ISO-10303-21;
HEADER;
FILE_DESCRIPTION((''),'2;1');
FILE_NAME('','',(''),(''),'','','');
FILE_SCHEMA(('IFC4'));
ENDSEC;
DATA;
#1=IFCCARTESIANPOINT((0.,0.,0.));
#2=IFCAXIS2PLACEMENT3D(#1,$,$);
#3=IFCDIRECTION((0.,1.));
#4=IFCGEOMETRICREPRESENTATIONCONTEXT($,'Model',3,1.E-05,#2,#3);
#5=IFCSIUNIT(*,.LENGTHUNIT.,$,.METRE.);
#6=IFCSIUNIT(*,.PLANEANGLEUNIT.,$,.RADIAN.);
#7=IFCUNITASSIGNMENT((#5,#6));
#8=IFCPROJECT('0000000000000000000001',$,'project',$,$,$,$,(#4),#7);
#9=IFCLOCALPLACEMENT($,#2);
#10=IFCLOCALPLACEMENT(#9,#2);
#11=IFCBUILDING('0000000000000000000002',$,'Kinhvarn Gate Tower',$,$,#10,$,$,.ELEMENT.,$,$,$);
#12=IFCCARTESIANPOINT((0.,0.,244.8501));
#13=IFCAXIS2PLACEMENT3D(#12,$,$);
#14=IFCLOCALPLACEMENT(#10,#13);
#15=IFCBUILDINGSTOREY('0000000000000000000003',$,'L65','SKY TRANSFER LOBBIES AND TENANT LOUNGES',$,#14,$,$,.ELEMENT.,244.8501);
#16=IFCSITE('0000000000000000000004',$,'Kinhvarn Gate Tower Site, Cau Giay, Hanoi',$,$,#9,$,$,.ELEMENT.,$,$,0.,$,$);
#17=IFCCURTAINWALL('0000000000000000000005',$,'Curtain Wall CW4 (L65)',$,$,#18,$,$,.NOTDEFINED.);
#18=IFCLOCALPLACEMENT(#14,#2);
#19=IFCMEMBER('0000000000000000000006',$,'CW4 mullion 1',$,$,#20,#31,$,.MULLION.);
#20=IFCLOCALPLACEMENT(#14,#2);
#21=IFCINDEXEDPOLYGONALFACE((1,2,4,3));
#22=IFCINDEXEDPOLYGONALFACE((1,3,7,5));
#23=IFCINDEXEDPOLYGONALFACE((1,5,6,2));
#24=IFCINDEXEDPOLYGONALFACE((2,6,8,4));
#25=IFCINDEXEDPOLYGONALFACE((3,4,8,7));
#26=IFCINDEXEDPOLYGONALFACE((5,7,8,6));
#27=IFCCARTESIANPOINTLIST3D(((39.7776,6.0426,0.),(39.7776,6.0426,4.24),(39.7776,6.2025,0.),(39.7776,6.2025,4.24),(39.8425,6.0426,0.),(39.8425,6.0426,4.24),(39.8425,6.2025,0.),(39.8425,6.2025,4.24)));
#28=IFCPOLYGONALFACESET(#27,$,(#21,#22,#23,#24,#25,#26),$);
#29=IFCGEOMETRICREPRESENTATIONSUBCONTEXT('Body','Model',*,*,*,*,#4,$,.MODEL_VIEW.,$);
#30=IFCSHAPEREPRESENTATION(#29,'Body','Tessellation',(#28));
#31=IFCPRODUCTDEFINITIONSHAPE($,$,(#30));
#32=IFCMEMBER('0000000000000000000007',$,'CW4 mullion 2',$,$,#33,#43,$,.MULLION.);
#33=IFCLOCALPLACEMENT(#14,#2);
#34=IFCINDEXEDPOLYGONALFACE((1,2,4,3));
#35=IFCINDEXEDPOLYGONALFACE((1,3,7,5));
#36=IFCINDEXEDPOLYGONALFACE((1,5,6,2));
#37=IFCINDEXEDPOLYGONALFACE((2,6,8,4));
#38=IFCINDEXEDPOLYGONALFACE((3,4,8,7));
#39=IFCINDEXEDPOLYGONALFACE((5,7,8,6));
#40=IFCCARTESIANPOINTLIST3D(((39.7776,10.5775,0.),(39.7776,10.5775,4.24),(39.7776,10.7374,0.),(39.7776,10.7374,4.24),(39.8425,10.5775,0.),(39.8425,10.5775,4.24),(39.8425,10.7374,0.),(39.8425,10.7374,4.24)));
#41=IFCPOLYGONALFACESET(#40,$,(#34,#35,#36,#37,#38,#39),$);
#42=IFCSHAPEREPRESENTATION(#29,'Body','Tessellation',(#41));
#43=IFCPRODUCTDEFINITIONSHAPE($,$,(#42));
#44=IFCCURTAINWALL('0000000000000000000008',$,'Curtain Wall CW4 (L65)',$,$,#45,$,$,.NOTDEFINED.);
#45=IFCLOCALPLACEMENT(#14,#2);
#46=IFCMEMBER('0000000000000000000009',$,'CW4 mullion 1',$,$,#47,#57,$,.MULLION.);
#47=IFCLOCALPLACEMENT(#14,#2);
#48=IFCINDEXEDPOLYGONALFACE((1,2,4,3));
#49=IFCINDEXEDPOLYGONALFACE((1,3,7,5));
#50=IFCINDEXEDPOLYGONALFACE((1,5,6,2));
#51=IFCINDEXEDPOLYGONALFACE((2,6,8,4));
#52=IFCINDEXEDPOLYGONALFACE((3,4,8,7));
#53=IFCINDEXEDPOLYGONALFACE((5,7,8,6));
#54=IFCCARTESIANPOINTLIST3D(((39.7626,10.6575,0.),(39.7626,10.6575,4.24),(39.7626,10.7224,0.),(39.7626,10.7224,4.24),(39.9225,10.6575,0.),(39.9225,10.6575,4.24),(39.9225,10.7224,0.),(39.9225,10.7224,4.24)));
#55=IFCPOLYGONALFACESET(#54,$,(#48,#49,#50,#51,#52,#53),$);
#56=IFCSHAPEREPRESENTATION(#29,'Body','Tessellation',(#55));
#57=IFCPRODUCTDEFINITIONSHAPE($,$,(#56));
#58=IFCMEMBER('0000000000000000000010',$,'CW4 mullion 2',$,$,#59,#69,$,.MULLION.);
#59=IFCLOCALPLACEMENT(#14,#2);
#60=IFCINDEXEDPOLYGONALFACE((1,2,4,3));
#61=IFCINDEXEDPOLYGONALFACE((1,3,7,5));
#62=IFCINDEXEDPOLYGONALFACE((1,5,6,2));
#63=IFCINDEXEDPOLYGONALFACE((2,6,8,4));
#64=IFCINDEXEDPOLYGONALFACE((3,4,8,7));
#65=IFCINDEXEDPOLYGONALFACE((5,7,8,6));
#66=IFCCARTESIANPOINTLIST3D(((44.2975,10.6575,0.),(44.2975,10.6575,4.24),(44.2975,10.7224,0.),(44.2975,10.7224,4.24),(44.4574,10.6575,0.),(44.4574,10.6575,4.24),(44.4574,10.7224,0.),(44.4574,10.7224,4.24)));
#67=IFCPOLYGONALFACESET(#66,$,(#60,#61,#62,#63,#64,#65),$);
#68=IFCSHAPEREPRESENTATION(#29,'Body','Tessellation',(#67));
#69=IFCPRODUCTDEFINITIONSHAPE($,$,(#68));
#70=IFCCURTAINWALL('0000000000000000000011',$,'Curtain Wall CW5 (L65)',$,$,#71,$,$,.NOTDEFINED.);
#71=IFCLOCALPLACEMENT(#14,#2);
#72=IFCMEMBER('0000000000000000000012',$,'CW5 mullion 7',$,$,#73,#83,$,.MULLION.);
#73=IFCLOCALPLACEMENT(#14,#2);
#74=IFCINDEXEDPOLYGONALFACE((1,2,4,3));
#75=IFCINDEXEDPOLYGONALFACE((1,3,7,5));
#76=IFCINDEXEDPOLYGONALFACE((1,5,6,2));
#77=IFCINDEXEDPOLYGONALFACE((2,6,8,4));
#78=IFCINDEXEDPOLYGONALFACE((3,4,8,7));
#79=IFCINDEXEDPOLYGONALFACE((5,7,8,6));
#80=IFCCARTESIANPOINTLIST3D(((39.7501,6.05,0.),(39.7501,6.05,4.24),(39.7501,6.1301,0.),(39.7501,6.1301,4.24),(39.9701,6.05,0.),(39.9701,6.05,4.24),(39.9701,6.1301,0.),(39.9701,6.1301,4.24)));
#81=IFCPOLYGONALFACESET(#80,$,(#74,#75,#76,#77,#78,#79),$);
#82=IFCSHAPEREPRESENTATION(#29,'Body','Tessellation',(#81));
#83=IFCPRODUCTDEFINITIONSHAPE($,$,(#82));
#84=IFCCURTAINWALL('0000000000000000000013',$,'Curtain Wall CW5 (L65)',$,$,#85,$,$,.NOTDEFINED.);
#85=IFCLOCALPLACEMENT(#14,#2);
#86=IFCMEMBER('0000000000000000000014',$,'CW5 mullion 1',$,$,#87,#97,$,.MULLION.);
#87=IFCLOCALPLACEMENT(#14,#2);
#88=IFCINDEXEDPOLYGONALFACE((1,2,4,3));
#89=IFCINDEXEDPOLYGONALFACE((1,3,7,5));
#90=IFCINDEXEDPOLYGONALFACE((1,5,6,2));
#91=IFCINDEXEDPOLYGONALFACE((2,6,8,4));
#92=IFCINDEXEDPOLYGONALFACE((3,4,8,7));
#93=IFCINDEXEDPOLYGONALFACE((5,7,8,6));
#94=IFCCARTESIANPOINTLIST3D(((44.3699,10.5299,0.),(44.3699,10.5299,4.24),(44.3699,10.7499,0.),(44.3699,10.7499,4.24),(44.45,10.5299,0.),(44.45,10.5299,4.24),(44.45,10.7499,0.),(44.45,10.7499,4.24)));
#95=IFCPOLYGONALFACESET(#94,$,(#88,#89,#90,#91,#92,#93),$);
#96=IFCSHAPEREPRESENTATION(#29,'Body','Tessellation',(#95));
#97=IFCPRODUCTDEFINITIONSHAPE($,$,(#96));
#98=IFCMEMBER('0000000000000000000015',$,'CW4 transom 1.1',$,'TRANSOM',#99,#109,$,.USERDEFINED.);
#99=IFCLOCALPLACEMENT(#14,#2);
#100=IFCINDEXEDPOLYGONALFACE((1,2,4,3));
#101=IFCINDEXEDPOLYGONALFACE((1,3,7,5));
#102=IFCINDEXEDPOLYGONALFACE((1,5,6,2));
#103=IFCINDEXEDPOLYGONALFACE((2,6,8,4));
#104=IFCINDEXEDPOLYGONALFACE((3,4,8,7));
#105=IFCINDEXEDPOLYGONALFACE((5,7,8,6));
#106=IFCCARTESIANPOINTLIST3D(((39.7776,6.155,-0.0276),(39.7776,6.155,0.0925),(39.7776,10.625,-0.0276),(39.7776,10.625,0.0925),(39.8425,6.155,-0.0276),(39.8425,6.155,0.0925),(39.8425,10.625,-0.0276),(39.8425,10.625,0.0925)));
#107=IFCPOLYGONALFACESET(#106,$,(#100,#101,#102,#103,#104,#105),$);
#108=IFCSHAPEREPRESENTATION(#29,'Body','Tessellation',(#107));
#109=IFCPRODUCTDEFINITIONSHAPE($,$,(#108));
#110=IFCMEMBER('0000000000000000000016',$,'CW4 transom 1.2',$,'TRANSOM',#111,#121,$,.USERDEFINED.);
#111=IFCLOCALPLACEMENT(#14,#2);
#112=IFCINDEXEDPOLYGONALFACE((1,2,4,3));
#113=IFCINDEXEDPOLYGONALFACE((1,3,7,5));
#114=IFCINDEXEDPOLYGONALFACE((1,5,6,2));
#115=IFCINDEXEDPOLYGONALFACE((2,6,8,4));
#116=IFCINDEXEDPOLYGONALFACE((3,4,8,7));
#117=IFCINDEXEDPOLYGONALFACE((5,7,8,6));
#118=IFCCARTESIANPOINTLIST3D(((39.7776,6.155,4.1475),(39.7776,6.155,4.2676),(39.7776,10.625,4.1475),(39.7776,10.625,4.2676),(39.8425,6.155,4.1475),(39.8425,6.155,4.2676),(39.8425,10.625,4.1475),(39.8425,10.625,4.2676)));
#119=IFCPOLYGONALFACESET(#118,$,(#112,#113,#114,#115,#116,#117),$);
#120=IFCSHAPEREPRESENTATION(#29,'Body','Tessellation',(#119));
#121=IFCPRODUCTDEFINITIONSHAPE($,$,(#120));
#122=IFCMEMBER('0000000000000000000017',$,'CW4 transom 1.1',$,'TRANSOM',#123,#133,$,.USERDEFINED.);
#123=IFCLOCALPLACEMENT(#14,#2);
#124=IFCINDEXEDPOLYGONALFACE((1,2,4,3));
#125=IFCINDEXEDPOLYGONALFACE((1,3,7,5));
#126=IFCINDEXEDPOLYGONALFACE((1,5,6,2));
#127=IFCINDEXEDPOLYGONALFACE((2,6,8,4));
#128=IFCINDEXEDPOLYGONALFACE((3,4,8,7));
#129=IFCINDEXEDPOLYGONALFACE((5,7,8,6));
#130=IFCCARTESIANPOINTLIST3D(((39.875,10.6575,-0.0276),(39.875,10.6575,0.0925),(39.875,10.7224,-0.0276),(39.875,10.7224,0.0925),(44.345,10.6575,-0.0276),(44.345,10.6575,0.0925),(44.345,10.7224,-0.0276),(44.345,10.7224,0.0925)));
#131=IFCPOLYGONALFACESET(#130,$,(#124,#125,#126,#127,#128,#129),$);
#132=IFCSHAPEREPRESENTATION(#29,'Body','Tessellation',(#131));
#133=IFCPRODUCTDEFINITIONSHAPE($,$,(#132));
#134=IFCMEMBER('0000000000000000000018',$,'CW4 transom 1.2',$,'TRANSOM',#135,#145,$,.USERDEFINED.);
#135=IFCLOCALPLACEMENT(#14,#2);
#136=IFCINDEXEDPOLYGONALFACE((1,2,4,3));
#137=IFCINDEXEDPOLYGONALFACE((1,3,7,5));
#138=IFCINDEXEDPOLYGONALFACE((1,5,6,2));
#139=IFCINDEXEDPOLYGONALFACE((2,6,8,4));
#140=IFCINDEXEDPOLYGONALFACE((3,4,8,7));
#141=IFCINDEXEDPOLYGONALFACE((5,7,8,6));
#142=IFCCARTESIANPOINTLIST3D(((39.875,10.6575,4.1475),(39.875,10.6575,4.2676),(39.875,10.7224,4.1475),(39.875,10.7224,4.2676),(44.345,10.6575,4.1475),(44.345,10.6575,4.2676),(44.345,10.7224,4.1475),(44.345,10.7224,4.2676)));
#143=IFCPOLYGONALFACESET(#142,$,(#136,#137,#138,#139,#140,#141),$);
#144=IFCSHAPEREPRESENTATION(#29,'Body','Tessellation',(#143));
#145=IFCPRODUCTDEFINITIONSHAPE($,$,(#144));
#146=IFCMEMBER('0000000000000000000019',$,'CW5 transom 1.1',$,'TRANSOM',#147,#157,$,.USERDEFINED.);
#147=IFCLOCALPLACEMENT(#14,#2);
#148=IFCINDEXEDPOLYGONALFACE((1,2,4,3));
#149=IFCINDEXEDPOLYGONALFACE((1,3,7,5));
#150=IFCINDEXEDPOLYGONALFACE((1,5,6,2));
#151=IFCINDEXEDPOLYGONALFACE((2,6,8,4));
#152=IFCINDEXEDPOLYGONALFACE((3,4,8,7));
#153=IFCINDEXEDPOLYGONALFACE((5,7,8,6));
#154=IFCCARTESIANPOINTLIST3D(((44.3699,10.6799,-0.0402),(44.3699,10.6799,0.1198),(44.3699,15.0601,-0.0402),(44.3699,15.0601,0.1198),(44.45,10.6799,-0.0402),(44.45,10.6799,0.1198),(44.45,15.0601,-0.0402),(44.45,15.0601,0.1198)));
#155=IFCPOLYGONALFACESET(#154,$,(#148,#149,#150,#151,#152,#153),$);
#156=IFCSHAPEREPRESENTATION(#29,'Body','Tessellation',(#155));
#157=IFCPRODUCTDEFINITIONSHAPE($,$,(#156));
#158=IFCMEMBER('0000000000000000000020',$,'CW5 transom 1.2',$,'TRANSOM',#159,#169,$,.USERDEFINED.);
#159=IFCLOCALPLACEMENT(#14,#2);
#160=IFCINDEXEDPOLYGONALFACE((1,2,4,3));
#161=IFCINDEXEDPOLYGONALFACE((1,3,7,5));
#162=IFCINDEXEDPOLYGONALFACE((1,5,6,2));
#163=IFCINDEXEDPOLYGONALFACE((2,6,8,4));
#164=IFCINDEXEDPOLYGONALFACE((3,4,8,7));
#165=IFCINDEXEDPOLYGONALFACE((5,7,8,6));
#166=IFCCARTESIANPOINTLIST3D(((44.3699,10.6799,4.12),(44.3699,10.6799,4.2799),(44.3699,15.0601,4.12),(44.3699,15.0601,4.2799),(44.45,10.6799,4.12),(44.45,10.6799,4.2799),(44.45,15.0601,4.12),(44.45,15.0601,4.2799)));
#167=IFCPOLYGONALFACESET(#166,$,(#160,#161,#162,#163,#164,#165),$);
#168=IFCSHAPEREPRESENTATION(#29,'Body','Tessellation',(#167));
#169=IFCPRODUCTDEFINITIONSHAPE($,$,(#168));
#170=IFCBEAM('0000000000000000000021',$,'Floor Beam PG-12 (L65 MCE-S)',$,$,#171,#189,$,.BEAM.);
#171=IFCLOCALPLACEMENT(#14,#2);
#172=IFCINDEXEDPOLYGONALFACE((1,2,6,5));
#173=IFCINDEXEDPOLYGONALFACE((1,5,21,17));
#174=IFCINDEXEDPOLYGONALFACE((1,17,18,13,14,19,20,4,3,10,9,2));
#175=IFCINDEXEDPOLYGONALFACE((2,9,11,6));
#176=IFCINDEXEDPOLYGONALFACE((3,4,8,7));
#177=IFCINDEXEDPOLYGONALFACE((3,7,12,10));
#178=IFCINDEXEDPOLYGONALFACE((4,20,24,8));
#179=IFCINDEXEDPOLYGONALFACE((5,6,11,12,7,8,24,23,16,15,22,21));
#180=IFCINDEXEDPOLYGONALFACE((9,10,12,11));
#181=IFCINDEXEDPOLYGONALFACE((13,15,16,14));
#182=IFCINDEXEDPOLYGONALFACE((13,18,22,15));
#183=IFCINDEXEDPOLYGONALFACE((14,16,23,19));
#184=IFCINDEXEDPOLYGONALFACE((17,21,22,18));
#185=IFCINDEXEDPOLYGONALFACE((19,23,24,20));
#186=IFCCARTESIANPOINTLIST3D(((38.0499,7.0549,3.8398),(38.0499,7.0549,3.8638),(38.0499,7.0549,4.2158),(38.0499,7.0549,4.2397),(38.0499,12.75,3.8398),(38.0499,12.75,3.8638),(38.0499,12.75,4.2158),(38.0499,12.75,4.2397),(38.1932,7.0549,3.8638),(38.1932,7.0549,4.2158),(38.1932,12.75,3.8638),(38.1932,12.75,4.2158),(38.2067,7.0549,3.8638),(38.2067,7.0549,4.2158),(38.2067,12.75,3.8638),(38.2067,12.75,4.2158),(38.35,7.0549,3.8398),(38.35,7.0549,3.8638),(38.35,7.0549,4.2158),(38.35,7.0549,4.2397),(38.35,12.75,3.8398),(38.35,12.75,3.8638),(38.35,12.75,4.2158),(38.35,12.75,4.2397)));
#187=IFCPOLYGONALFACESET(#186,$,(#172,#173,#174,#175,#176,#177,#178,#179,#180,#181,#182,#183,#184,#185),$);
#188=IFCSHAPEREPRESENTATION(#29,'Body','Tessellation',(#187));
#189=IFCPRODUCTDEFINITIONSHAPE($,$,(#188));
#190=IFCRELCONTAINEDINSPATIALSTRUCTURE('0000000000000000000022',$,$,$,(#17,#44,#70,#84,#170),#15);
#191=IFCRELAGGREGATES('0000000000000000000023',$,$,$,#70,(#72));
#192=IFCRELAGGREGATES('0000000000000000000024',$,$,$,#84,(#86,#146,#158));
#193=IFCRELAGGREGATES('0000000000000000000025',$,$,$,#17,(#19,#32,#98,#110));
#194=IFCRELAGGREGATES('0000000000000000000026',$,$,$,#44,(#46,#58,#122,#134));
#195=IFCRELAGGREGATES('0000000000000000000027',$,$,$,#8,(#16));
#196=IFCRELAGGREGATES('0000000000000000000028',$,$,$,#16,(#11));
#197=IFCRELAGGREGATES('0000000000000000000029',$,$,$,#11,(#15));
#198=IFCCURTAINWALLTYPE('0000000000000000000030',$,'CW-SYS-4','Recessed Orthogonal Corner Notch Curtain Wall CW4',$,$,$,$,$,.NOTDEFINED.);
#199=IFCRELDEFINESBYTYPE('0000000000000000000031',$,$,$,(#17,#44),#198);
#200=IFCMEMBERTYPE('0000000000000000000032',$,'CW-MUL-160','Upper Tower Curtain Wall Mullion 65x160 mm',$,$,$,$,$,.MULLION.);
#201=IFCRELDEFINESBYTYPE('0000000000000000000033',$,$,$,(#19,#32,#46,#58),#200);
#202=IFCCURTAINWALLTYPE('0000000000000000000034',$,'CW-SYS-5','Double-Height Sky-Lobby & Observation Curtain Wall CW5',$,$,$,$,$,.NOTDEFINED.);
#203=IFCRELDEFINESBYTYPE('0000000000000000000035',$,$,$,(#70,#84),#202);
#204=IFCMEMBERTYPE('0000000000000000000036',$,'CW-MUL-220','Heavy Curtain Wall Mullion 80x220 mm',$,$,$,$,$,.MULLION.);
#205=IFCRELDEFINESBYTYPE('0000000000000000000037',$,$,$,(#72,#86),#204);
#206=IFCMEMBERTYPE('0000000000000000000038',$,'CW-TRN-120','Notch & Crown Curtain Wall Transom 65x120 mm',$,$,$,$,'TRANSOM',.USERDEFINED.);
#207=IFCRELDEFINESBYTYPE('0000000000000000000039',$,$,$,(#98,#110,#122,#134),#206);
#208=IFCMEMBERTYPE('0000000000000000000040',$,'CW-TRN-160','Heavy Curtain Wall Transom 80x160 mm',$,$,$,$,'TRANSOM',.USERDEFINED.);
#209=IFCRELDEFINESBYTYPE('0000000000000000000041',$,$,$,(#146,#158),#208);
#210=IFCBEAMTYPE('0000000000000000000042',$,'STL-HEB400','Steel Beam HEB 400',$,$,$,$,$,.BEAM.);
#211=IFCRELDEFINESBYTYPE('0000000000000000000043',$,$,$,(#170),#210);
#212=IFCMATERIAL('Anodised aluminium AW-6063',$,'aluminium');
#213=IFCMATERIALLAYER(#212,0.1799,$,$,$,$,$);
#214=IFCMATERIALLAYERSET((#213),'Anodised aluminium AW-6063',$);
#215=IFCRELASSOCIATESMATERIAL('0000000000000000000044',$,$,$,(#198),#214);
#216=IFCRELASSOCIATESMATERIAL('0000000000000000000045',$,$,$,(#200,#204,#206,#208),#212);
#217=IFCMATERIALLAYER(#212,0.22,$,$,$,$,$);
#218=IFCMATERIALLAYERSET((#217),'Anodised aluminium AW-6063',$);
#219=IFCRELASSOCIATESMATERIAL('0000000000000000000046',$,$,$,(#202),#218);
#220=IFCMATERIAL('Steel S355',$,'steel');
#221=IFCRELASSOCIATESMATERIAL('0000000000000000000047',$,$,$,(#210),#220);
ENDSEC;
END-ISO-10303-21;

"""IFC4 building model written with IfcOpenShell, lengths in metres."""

from ifc_helpers import new_model, si_unit, direction, frame, origin, origin_2d, place, context, subcontext, project, spatial, rectangle, i_section, extrude, material, layer, layer_set, material_profile, profile_set, type_object, element, aggregate, save


model = new_model("IFC4")

# Units and contexts
model_context = context("Model", 3, precision=1e-05, world=origin(), true_north=direction((0.0, 1.0)))
body_context = subcontext(model_context, "Body", "Model", "MODEL_VIEW")
ifc_project = project(units=[si_unit("LENGTHUNIT", "METRE"), si_unit("PLANEANGLEUNIT", "RADIAN")], contexts=[model_context])

# Site, building, storey
site_placement = place(None, origin())
site = spatial("IfcSite", under=ifc_project, at=site_placement, Name="Kinhvarn Gate Tower Site, Cau Giay, Hanoi", CompositionType="ELEMENT", RefElevation=0.0)
building_placement = place(site_placement, origin())
building = spatial("IfcBuilding", under=site, at=building_placement, Name="Kinhvarn Gate Tower", CompositionType="ELEMENT")
storey_placement = place(building_placement, frame((0.0, 0.0, 244.8501)))
storey = spatial("IfcBuildingStorey", under=building, at=storey_placement, Name="L65", Description="SKY TRANSFER LOBBIES AND TENANT LOUNGES", CompositionType="ELEMENT", Elevation=244.8501)

# Curtain walls, members
ifc_material_1 = material(Name="Anodised aluminium AW-6063", Category="aluminium")
ifc_layer_1 = layer(ifc_material_1, 0.1799)
ifc_layer_set_1 = layer_set([ifc_layer_1], Name="Anodised aluminium AW-6063")
curtain_wall_type_1 = type_object("IfcCurtainWallType", Name="CW-SYS-4", Description="Recessed Orthogonal Corner Notch Curtain Wall CW4", PredefinedType="NOTDEFINED", material=ifc_layer_set_1)
curtain_wall_1_placement = place(storey_placement, origin())
curtain_wall_1 = element("IfcCurtainWall", 1, at=curtain_wall_1_placement, inside=storey, type_object=curtain_wall_type_1, Name="Curtain Wall CW4 (L65)", PredefinedType="NOTDEFINED")
ifc_material_profile_1 = material_profile(ifc_material_1, rectangle(XDim=0.0649, YDim=0.1599, at=origin_2d()), Name="ALU 65x160")
ifc_profile_set_1 = profile_set([ifc_material_profile_1], Name="Anodised aluminium AW-6063")
member_type_1 = type_object("IfcMemberType", Name="CW-MUL-160", Description="Upper Tower Curtain Wall Mullion 65x160 mm", PredefinedType="MULLION", material=ifc_profile_set_1)
member_1_placement = place(storey_placement, frame((39.8101, 6.1226, 0.0), z_axis=(0.0, 0.0, 1.0), x_axis=(-1.0, 0.0, 0.0)))
member_1 = element("IfcMember", 2, at=member_1_placement, type_object=member_type_1, Name="CW4 mullion 1", PredefinedType="MULLION", context=body_context, shape_type="SweptSolid", body=[
    extrude(rectangle(XDim=0.0649, YDim=0.1599, at=origin_2d()), origin(), (0.0, 0.0, 1.0), 4.24),
])
member_2_placement = place(storey_placement, frame((39.8101, 10.6575, 0.0), z_axis=(0.0, 0.0, 1.0), x_axis=(-1.0, 0.0, 0.0)))
member_2 = element("IfcMember", 3, at=member_2_placement, type_object=member_type_1, Name="CW4 mullion 2", PredefinedType="MULLION", context=body_context, shape_type="SweptSolid", body=[
    extrude(rectangle(XDim=0.0649, YDim=0.1599, at=origin_2d()), origin(), (0.0, 0.0, 1.0), 4.24),
])
curtain_wall_2_placement = place(storey_placement, origin())
curtain_wall_2 = element("IfcCurtainWall", 4, at=curtain_wall_2_placement, inside=storey, type_object=curtain_wall_type_1, Name="Curtain Wall CW4 (L65)", PredefinedType="NOTDEFINED")
member_3_placement = place(storey_placement, frame((39.8425, 10.6899, 0.0), z_axis=(0.0, 0.0, 1.0), x_axis=(0.0, 1.0, 0.0)))
member_3 = element("IfcMember", 5, at=member_3_placement, type_object=member_type_1, Name="CW4 mullion 1", PredefinedType="MULLION", context=body_context, shape_type="SweptSolid", body=[
    extrude(rectangle(XDim=0.0649, YDim=0.1599, at=origin_2d()), origin(), (0.0, 0.0, 1.0), 4.24),
])
member_4_placement = place(storey_placement, frame((44.3774, 10.6899, 0.0), z_axis=(0.0, 0.0, 1.0), x_axis=(0.0, 1.0, 0.0)))
member_4 = element("IfcMember", 6, at=member_4_placement, type_object=member_type_1, Name="CW4 mullion 2", PredefinedType="MULLION", context=body_context, shape_type="SweptSolid", body=[
    extrude(rectangle(XDim=0.0649, YDim=0.1599, at=origin_2d()), origin(), (0.0, 0.0, 1.0), 4.24),
])

# Curtain walls, members
ifc_layer_2 = layer(ifc_material_1, 0.22)
ifc_layer_set_2 = layer_set([ifc_layer_2], Name="Anodised aluminium AW-6063")
curtain_wall_type_2 = type_object("IfcCurtainWallType", Name="CW-SYS-5", Description="Double-Height Sky-Lobby & Observation Curtain Wall CW5", PredefinedType="NOTDEFINED", material=ifc_layer_set_2)
curtain_wall_3_placement = place(storey_placement, origin())
curtain_wall_3 = element("IfcCurtainWall", 7, at=curtain_wall_3_placement, inside=storey, type_object=curtain_wall_type_2, Name="Curtain Wall CW5 (L65)", PredefinedType="NOTDEFINED")
ifc_material_profile_2 = material_profile(ifc_material_1, rectangle(XDim=0.0801, YDim=0.22, at=origin_2d()), Name="ALU 80x220")
ifc_profile_set_2 = profile_set([ifc_material_profile_2], Name="Anodised aluminium AW-6063")
member_type_2 = type_object("IfcMemberType", Name="CW-MUL-220", Description="Heavy Curtain Wall Mullion 80x220 mm", PredefinedType="MULLION", material=ifc_profile_set_2)
member_5_placement = place(storey_placement, frame((39.8601, 6.0901, 0.0), z_axis=(0.0, 0.0, 1.0), x_axis=(0.0, 1.0, 0.0)))
member_5 = element("IfcMember", 8, at=member_5_placement, type_object=member_type_2, Name="CW5 mullion 7", PredefinedType="MULLION", context=body_context, shape_type="SweptSolid", body=[
    extrude(rectangle(XDim=0.0801, YDim=0.22, at=origin_2d()), origin(), (0.0, 0.0, 1.0), 4.24),
])
aggregate(curtain_wall_3, [member_5])
curtain_wall_4_placement = place(storey_placement, origin())
curtain_wall_4 = element("IfcCurtainWall", 9, at=curtain_wall_4_placement, inside=storey, type_object=curtain_wall_type_2, Name="Curtain Wall CW5 (L65)", PredefinedType="NOTDEFINED")
member_6_placement = place(storey_placement, frame((44.4099, 10.6399, 0.0), z_axis=(0.0, 0.0, 1.0), x_axis=(-1.0, 0.0, 0.0)))
member_6 = element("IfcMember", 10, at=member_6_placement, type_object=member_type_2, Name="CW5 mullion 1", PredefinedType="MULLION", context=body_context, shape_type="SweptSolid", body=[
    extrude(rectangle(XDim=0.0801, YDim=0.22, at=origin_2d()), origin(), (0.0, 0.0, 1.0), 4.24),
])

# Members
ifc_material_profile_3 = material_profile(ifc_material_1, rectangle(XDim=0.0649, YDim=0.1201, at=origin_2d()), Name="ALU 65x120")
ifc_profile_set_3 = profile_set([ifc_material_profile_3], Name="Anodised aluminium AW-6063")
member_type_3 = type_object("IfcMemberType", Name="CW-TRN-120", Description="Notch & Crown Curtain Wall Transom 65x120 mm", ElementType="TRANSOM", PredefinedType="USERDEFINED", material=ifc_profile_set_3)
member_7_placement = place(storey_placement, frame((39.8101, 6.155, 0.0325), z_axis=(0.0, 1.0, 0.0), x_axis=(-1.0, 0.0, 0.0)))
member_7 = element("IfcMember", 11, at=member_7_placement, type_object=member_type_3, Name="CW4 transom 1.1", ObjectType="TRANSOM", PredefinedType="USERDEFINED", context=body_context, shape_type="SweptSolid", body=[
    extrude(rectangle(XDim=0.0649, YDim=0.1201, at=origin_2d()), origin(), (0.0, 0.0, 1.0), 4.47),
])
member_8_placement = place(storey_placement, frame((39.8101, 6.155, 4.2075), z_axis=(0.0, 1.0, 0.0), x_axis=(-1.0, 0.0, 0.0)))
member_8 = element("IfcMember", 12, at=member_8_placement, type_object=member_type_3, Name="CW4 transom 1.2", ObjectType="TRANSOM", PredefinedType="USERDEFINED", context=body_context, shape_type="SweptSolid", body=[
    extrude(rectangle(XDim=0.0649, YDim=0.1201, at=origin_2d()), origin(), (0.0, 0.0, 1.0), 4.47),
])
member_9_placement = place(storey_placement, frame((39.875, 10.6899, 0.0325), z_axis=(1.0, 0.0, 0.0), x_axis=(0.0, 1.0, 0.0)))
member_9 = element("IfcMember", 13, at=member_9_placement, type_object=member_type_3, Name="CW4 transom 1.1", ObjectType="TRANSOM", PredefinedType="USERDEFINED", context=body_context, shape_type="SweptSolid", body=[
    extrude(rectangle(XDim=0.0649, YDim=0.1201, at=origin_2d()), origin(), (0.0, 0.0, 1.0), 4.47),
])
member_10_placement = place(storey_placement, frame((39.875, 10.6899, 4.2075), z_axis=(1.0, 0.0, 0.0), x_axis=(0.0, 1.0, 0.0)))
member_10 = element("IfcMember", 14, at=member_10_placement, type_object=member_type_3, Name="CW4 transom 1.2", ObjectType="TRANSOM", PredefinedType="USERDEFINED", context=body_context, shape_type="SweptSolid", body=[
    extrude(rectangle(XDim=0.0649, YDim=0.1201, at=origin_2d()), origin(), (0.0, 0.0, 1.0), 4.47),
])
ifc_material_profile_4 = material_profile(ifc_material_1, rectangle(XDim=0.0801, YDim=0.1599, at=origin_2d()), Name="ALU 80x160")
ifc_profile_set_4 = profile_set([ifc_material_profile_4], Name="Anodised aluminium AW-6063")
member_type_4 = type_object("IfcMemberType", Name="CW-TRN-160", Description="Heavy Curtain Wall Transom 80x160 mm", ElementType="TRANSOM", PredefinedType="USERDEFINED", material=ifc_profile_set_4)
member_11_placement = place(storey_placement, frame((44.4099, 10.6799, 0.0398), z_axis=(0.0, 1.0, 0.0), x_axis=(-1.0, 0.0, 0.0)))
member_11 = element("IfcMember", 15, at=member_11_placement, type_object=member_type_4, Name="CW5 transom 1.1", ObjectType="TRANSOM", PredefinedType="USERDEFINED", context=body_context, shape_type="SweptSolid", body=[
    extrude(rectangle(XDim=0.0801, YDim=0.1599, at=origin_2d()), origin(), (0.0, 0.0, 1.0), 4.3801),
])
member_12_placement = place(storey_placement, frame((44.4099, 10.6799, 4.2), z_axis=(0.0, 1.0, 0.0), x_axis=(-1.0, 0.0, 0.0)))
member_12 = element("IfcMember", 16, at=member_12_placement, type_object=member_type_4, Name="CW5 transom 1.2", ObjectType="TRANSOM", PredefinedType="USERDEFINED", context=body_context, shape_type="SweptSolid", body=[
    extrude(rectangle(XDim=0.0801, YDim=0.1599, at=origin_2d()), origin(), (0.0, 0.0, 1.0), 4.3801),
])
aggregate(curtain_wall_4, [member_6, member_11, member_12])

# Beam
ifc_material_2 = material(Name="Steel S355", Category="steel")
ifc_material_profile_5 = material_profile(ifc_material_2, i_section(OverallWidth=0.3, OverallDepth=0.3999, WebThickness=0.0134, FlangeThickness=0.0239, at=origin_2d()), Name="HEB 400")
ifc_profile_set_5 = profile_set([ifc_material_profile_5], Name="Steel S355")
beam_type = type_object("IfcBeamType", Name="STL-HEB400", Description="Steel Beam HEB 400", PredefinedType="BEAM", material=ifc_profile_set_5)
beam_placement = place(storey_placement, frame((38.2, 7.0549, 4.0398), z_axis=(0.0, 1.0, 0.0), x_axis=(-1.0, 0.0, 0.0)))
element("IfcBeam", 17, at=beam_placement, inside=storey, type_object=beam_type, Name="Floor Beam PG-12 (L65 MCE-S)", PredefinedType="BEAM", context=body_context, shape_type="SweptSolid", body=[
    extrude(i_section(OverallWidth=0.3, OverallDepth=0.3999, WebThickness=0.0134, FlangeThickness=0.0239, at=origin_2d()), origin(), (0.0, 0.0, 1.0), 5.6951),
])

aggregate(curtain_wall_1, [member_1, member_2, member_7, member_8])
aggregate(curtain_wall_2, [member_3, member_4, member_9, member_10])

save(model, "model.ifc")
